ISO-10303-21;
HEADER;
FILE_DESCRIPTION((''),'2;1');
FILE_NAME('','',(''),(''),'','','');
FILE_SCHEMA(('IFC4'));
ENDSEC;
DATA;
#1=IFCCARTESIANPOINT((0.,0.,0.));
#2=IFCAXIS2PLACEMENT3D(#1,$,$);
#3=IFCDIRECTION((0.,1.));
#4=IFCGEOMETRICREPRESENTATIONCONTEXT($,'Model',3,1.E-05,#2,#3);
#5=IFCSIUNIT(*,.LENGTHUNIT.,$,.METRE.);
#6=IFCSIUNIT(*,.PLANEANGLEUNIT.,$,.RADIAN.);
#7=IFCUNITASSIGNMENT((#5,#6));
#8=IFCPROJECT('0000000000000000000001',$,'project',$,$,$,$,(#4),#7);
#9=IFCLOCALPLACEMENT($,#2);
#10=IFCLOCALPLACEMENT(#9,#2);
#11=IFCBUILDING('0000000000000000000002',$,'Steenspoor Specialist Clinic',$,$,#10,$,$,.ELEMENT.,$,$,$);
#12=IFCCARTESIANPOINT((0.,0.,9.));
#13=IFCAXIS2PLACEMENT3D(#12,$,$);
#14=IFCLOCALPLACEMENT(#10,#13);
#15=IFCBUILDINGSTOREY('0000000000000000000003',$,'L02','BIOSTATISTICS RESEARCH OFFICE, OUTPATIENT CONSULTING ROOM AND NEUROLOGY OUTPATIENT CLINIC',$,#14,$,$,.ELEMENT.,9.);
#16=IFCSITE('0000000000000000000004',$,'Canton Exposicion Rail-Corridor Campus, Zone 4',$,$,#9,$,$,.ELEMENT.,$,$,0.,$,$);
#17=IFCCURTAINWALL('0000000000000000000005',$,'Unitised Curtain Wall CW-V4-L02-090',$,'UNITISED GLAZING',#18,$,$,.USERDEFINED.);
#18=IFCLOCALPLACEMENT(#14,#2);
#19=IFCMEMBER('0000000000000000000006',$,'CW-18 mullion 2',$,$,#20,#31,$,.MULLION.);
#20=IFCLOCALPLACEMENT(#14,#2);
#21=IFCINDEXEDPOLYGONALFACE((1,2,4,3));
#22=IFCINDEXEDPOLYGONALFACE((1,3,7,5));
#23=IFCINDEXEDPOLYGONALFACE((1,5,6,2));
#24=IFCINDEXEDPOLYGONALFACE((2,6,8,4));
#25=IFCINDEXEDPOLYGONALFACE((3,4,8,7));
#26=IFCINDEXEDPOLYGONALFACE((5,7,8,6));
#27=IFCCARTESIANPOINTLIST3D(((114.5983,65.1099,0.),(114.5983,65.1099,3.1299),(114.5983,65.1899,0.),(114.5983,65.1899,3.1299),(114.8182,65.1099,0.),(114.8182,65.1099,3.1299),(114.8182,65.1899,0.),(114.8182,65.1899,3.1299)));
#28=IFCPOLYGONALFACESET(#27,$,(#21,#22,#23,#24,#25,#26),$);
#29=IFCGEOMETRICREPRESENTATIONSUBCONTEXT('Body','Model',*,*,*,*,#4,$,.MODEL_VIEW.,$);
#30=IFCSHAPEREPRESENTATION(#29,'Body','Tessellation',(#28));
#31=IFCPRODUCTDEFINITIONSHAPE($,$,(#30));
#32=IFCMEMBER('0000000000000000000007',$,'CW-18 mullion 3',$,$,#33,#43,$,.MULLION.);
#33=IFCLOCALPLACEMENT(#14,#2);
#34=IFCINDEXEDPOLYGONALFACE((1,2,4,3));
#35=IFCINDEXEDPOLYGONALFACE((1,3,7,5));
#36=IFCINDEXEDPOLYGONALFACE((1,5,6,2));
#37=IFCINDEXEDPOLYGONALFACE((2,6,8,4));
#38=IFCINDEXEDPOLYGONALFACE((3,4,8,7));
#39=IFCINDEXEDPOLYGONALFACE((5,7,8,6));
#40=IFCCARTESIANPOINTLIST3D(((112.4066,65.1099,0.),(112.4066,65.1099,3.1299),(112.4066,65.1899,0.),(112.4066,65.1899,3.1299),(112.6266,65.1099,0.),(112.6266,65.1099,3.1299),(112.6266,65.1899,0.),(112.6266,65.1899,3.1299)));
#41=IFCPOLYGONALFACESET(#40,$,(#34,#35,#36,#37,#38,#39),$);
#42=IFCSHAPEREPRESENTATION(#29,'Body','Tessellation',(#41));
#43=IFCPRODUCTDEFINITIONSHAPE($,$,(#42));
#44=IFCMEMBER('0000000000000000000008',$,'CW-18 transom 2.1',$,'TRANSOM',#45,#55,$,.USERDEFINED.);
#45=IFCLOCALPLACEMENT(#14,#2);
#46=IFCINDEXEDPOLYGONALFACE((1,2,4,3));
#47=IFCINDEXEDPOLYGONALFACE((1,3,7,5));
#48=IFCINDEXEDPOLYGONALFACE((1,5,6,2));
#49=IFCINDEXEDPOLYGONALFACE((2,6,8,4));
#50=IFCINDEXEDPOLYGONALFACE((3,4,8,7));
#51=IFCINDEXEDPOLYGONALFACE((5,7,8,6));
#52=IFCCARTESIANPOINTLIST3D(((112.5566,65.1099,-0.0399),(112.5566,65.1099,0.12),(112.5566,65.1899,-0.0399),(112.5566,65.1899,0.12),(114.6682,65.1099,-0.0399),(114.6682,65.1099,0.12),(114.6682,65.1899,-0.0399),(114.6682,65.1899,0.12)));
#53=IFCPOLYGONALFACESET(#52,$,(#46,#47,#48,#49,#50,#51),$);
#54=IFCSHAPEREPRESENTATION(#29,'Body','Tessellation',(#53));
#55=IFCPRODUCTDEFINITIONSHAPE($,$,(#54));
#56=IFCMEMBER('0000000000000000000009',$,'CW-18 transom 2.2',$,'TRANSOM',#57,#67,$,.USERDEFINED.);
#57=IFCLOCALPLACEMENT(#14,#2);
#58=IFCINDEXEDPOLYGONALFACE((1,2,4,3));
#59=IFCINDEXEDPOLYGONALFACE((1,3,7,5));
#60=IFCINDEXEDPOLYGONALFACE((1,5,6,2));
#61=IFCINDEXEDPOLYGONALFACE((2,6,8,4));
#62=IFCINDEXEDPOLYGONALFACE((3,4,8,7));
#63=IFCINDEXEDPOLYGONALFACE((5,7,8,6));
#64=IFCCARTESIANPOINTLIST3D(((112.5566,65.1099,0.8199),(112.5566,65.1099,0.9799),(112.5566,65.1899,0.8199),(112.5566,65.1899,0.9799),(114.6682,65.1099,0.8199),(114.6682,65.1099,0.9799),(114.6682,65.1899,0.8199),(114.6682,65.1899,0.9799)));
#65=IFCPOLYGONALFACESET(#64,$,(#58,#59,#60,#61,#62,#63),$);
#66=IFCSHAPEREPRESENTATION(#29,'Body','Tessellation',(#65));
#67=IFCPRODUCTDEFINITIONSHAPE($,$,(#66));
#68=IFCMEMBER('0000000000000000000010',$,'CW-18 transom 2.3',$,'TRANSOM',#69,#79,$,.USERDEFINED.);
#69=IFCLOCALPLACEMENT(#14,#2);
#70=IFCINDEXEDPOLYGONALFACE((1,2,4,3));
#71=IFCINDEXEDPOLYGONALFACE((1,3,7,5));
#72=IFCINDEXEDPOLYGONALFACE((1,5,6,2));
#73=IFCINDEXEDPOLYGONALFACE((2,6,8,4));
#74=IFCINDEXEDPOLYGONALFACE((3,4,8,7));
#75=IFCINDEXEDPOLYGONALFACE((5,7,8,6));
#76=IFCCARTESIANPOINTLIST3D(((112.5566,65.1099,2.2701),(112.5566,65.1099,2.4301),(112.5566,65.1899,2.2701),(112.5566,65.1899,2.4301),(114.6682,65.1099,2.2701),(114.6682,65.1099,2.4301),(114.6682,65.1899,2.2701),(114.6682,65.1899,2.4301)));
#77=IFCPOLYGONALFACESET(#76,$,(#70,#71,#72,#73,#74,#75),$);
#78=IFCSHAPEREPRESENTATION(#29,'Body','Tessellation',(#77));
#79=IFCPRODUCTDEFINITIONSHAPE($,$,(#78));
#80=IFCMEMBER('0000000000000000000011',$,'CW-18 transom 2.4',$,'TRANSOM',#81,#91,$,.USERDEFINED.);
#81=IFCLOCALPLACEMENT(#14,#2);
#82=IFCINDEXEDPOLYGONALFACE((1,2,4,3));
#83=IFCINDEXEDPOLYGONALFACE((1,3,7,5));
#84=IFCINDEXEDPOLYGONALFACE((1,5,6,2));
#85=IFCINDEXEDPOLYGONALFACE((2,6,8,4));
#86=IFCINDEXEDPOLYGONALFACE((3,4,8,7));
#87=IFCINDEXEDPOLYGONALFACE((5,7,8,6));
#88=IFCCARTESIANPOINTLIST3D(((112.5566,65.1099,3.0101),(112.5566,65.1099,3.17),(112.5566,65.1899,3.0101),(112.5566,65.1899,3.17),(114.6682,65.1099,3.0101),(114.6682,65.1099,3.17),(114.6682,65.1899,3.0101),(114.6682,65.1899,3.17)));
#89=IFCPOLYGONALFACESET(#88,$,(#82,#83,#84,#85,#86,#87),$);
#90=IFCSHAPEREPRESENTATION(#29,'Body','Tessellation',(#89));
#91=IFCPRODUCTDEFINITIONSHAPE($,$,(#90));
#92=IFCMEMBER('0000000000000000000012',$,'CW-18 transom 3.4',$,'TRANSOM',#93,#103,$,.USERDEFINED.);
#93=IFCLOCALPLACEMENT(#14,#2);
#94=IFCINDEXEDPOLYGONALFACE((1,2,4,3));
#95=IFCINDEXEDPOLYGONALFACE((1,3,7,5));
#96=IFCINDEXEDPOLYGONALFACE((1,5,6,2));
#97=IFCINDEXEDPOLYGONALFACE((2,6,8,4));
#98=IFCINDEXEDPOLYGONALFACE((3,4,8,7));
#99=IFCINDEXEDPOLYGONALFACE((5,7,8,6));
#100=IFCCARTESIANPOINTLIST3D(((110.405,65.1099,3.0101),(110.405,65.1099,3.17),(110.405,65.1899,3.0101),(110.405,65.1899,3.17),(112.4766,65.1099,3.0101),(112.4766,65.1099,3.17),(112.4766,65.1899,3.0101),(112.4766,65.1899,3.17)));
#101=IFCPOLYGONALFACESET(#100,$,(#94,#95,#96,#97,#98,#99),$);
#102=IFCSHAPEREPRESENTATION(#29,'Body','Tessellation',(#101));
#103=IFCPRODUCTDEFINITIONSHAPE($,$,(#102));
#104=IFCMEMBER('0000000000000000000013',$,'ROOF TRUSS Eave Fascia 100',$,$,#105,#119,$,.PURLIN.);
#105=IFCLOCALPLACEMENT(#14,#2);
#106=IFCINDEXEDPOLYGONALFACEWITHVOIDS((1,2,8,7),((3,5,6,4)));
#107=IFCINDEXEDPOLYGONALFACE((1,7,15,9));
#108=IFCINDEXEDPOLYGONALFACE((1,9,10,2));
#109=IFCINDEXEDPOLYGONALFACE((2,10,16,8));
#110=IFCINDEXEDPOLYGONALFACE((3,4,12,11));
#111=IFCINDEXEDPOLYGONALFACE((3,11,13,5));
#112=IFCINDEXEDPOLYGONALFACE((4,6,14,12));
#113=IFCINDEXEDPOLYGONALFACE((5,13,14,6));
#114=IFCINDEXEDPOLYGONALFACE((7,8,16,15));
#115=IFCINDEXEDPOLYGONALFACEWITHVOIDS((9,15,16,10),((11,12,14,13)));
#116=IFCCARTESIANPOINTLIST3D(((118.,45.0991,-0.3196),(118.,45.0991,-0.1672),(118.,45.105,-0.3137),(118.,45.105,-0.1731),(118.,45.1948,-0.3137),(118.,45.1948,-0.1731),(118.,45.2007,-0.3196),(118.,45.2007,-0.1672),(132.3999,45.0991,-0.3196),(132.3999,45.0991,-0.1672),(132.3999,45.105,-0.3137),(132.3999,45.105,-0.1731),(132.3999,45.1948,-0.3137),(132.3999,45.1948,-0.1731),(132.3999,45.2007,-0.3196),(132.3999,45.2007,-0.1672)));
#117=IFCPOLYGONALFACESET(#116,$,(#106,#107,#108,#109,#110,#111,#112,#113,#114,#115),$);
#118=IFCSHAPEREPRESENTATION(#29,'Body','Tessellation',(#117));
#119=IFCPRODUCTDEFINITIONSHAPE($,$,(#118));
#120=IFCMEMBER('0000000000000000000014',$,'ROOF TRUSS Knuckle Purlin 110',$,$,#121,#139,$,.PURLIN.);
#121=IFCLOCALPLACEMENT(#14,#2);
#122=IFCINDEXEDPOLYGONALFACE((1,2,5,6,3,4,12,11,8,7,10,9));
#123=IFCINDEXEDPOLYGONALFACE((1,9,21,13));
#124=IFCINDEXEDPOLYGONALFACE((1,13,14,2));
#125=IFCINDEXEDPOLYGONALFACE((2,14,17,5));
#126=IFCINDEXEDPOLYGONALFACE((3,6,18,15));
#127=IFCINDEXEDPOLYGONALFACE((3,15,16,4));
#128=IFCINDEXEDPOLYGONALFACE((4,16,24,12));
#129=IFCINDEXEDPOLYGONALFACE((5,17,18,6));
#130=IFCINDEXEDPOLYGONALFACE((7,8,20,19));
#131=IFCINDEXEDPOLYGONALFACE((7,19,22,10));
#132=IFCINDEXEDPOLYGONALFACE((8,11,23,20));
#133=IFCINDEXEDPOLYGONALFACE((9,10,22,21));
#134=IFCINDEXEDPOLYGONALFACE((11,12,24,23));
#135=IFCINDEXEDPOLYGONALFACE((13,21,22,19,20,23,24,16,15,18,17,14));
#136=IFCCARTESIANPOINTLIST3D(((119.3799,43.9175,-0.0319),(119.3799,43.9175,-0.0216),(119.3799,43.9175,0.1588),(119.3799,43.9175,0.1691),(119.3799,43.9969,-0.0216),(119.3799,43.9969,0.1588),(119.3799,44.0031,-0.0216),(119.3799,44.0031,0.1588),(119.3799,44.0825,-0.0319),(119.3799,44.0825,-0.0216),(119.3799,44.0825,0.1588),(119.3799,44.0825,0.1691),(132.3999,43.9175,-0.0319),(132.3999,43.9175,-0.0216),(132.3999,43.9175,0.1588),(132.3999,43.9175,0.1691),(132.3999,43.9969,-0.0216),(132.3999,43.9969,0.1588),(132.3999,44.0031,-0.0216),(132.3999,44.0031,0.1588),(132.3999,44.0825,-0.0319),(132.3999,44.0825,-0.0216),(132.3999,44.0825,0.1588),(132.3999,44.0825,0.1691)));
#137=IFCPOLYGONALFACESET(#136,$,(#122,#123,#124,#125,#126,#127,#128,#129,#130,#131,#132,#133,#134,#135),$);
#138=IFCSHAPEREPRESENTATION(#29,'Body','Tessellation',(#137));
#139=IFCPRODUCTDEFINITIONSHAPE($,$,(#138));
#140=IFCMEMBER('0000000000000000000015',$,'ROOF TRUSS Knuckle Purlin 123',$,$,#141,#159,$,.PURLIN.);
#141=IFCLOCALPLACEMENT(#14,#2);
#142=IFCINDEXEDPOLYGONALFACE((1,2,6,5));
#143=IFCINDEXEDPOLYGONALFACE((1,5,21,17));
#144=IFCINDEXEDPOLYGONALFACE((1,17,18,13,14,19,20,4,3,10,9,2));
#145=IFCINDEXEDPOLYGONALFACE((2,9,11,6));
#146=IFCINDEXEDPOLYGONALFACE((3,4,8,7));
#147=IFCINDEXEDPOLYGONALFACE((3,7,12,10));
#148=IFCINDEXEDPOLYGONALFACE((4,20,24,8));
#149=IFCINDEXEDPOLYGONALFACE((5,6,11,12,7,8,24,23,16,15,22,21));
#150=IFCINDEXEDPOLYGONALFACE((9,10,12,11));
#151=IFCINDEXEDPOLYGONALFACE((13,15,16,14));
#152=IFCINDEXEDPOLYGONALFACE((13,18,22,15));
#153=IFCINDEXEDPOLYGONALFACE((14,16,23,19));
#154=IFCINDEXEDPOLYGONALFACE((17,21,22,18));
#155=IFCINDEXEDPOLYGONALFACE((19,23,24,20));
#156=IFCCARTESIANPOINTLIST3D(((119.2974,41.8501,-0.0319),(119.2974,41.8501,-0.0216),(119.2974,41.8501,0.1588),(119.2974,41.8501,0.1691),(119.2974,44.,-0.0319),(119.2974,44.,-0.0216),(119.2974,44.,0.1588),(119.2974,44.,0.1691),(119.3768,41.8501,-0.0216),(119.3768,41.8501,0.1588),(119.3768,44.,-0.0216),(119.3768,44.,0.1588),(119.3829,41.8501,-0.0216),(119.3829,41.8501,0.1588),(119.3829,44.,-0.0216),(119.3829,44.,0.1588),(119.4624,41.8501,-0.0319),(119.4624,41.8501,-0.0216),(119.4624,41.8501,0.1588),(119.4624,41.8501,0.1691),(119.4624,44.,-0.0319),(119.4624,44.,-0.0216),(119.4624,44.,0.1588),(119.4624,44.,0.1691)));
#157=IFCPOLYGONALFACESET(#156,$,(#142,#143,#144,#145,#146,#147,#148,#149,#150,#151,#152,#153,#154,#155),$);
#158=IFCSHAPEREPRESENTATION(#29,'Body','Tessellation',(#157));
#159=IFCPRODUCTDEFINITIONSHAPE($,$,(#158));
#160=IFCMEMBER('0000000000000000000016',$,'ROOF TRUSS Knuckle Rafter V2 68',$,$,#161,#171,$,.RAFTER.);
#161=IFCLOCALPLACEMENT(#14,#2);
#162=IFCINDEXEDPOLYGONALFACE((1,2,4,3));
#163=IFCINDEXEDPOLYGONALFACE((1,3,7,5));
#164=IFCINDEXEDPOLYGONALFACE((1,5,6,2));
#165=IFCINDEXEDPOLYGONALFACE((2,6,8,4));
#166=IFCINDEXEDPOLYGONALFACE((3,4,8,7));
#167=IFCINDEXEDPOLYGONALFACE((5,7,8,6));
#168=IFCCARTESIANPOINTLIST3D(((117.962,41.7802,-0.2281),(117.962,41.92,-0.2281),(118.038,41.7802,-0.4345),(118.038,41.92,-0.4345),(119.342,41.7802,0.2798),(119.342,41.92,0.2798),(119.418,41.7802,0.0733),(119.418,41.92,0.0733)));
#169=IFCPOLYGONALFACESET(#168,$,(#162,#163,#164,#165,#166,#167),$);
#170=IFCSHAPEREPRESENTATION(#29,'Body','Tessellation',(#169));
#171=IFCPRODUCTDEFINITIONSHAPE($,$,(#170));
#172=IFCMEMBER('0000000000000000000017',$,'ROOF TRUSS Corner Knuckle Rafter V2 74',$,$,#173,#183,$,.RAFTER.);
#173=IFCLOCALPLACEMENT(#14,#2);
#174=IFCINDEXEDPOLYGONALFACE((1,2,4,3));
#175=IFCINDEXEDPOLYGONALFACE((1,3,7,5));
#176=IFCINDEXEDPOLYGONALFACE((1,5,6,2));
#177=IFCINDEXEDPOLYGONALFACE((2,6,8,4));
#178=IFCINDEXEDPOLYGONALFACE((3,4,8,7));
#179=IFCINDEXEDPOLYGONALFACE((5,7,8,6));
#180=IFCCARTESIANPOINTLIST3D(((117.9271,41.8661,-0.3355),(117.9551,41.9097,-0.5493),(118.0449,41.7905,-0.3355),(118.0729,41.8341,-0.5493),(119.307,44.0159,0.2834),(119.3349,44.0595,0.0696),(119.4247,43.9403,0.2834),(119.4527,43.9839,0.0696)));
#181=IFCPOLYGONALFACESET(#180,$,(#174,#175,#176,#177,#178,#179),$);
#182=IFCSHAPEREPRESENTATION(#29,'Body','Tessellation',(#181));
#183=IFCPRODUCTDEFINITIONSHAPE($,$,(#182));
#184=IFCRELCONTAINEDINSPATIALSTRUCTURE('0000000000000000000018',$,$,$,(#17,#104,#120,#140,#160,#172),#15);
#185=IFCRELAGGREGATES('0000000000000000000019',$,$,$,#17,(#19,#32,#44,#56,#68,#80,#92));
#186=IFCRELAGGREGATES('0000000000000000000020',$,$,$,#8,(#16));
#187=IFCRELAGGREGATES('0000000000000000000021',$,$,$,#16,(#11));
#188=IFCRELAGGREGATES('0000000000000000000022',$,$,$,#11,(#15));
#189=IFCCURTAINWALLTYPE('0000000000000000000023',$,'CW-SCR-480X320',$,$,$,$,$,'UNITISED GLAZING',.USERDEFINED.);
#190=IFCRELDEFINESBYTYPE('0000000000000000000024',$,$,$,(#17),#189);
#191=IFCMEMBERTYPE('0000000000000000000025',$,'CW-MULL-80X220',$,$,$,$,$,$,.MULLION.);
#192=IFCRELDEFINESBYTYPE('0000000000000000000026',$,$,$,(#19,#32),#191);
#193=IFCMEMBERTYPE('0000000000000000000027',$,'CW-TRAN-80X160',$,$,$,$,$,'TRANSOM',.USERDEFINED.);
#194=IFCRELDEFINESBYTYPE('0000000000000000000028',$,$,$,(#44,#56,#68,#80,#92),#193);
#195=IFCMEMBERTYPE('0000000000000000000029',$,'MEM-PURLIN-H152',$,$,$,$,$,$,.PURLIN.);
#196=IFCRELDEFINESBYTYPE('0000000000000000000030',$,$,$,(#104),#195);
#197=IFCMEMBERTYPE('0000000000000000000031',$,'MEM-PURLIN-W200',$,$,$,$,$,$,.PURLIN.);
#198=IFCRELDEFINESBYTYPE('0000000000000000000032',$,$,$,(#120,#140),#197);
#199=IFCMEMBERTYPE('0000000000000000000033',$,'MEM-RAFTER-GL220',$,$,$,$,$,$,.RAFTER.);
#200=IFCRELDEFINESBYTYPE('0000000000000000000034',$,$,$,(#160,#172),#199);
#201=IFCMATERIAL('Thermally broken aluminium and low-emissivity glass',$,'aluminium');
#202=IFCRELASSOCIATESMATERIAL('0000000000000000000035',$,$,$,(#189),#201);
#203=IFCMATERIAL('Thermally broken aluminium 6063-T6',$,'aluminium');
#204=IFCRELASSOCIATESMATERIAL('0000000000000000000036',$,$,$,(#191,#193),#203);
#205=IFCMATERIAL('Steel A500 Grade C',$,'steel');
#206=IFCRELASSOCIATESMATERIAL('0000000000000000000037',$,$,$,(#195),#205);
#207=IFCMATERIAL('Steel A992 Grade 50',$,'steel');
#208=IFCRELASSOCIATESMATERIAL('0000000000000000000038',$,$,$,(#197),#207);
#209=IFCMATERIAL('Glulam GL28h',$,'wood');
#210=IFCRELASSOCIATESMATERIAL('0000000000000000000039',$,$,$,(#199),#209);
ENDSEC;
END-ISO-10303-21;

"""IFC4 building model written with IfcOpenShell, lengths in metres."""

from ifc_helpers import new_model, si_unit, direction, frame, origin, origin_2d, place, context, subcontext, project, spatial, rectangle, hollow_rectangle, i_section, extrude, material, material_profile, profile_set, type_object, element, aggregate, save


model = new_model("IFC4")

# Units and contexts
model_context = context("Model", 3, precision=1e-05, world=origin(), true_north=direction((0.0, 1.0)))
body_context = subcontext(model_context, "Body", "Model", "MODEL_VIEW")
ifc_project = project(units=[si_unit("LENGTHUNIT", "METRE"), si_unit("PLANEANGLEUNIT", "RADIAN")], contexts=[model_context])

# Site, building, storey
site_placement = place(None, origin())
site = spatial("IfcSite", under=ifc_project, at=site_placement, Name="Canton Exposicion Rail-Corridor Campus, Zone 4", CompositionType="ELEMENT", RefElevation=0.0)
building_placement = place(site_placement, origin())
building = spatial("IfcBuilding", under=site, at=building_placement, Name="Steenspoor Specialist Clinic", CompositionType="ELEMENT")
storey_placement = place(building_placement, frame((0.0, 0.0, 9.0)))
storey = spatial("IfcBuildingStorey", under=building, at=storey_placement, Name="L02", Description="BIOSTATISTICS RESEARCH OFFICE, OUTPATIENT CONSULTING ROOM AND NEUROLOGY OUTPATIENT CLINIC", CompositionType="ELEMENT", Elevation=9.0)

# Curtain wall, members
ifc_material_1 = material(Name="Thermally broken aluminium and low-emissivity glass", Category="aluminium")
curtain_wall_type = type_object("IfcCurtainWallType", Name="CW-SCR-480X320", ElementType="UNITISED GLAZING", PredefinedType="USERDEFINED", material=ifc_material_1)
curtain_wall_placement = place(storey_placement, origin())
curtain_wall = element("IfcCurtainWall", 1, at=curtain_wall_placement, inside=storey, type_object=curtain_wall_type, Name="Unitised Curtain Wall CW-V4-L02-090", ObjectType="UNITISED GLAZING", PredefinedType="USERDEFINED")
ifc_material_2 = material(Name="Thermally broken aluminium 6063-T6", Category="aluminium")
ifc_material_profile_1 = material_profile(ifc_material_2, rectangle(XDim=0.0801, YDim=0.22, at=origin_2d()), Name="CWM-80X220")
ifc_profile_set_1 = profile_set([ifc_material_profile_1], Name="Thermally broken aluminium 6063-T6")
member_type_1 = type_object("IfcMemberType", Name="CW-MULL-80X220", PredefinedType="MULLION", material=ifc_profile_set_1)
member_1_placement = place(storey_placement, frame((114.7083, 65.1499, 0.0), z_axis=(0.0, 0.0, 1.0), x_axis=(0.0, -1.0, 0.0)))
member_1 = element("IfcMember", 2, at=member_1_placement, type_object=member_type_1, Name="CW-18 mullion 2", PredefinedType="MULLION", context=body_context, shape_type="SweptSolid", body=[
    extrude(rectangle(XDim=0.0801, YDim=0.22, at=origin_2d()), origin(), (0.0, 0.0, 1.0), 3.1299),
])
member_2_placement = place(storey_placement, frame((112.5166, 65.1499, 0.0), z_axis=(0.0, 0.0, 1.0), x_axis=(0.0, -1.0, 0.0)))
member_2 = element("IfcMember", 3, at=member_2_placement, type_object=member_type_1, Name="CW-18 mullion 3", PredefinedType="MULLION", context=body_context, shape_type="SweptSolid", body=[
    extrude(rectangle(XDim=0.0801, YDim=0.22, at=origin_2d()), origin(), (0.0, 0.0, 1.0), 3.1299),
])
ifc_material_profile_2 = material_profile(ifc_material_2, rectangle(XDim=0.0801, YDim=0.1599, at=origin_2d()), Name="CWT-80X160")
ifc_profile_set_2 = profile_set([ifc_material_profile_2], Name="Thermally broken aluminium 6063-T6")
member_type_2 = type_object("IfcMemberType", Name="CW-TRAN-80X160", ElementType="TRANSOM", PredefinedType="USERDEFINED", material=ifc_profile_set_2)
member_3_placement = place(storey_placement, frame((114.6682, 65.1499, 0.04), z_axis=(-1.0, 0.0, 0.0), x_axis=(0.0, -1.0, 0.0)))
member_3 = element("IfcMember", 4, at=member_3_placement, type_object=member_type_2, Name="CW-18 transom 2.1", ObjectType="TRANSOM", PredefinedType="USERDEFINED", context=body_context, shape_type="SweptSolid", body=[
    extrude(rectangle(XDim=0.0801, YDim=0.1599, at=origin_2d()), origin(), (0.0, 0.0, 1.0), 2.1116),
])
member_4_placement = place(storey_placement, frame((114.6682, 65.1499, 0.8999), z_axis=(-1.0, 0.0, 0.0), x_axis=(0.0, -1.0, 0.0)))
member_4 = element("IfcMember", 5, at=member_4_placement, type_object=member_type_2, Name="CW-18 transom 2.2", ObjectType="TRANSOM", PredefinedType="USERDEFINED", context=body_context, shape_type="SweptSolid", body=[
    extrude(rectangle(XDim=0.0801, YDim=0.1599, at=origin_2d()), origin(), (0.0, 0.0, 1.0), 2.1116),
])
member_5_placement = place(storey_placement, frame((114.6682, 65.1499, 2.3501), z_axis=(-1.0, 0.0, 0.0), x_axis=(0.0, -1.0, 0.0)))
member_5 = element("IfcMember", 6, at=member_5_placement, type_object=member_type_2, Name="CW-18 transom 2.3", ObjectType="TRANSOM", PredefinedType="USERDEFINED", context=body_context, shape_type="SweptSolid", body=[
    extrude(rectangle(XDim=0.0801, YDim=0.1599, at=origin_2d()), origin(), (0.0, 0.0, 1.0), 2.1116),
])
member_6_placement = place(storey_placement, frame((114.6682, 65.1499, 3.0901), z_axis=(-1.0, 0.0, 0.0), x_axis=(0.0, -1.0, 0.0)))
member_6 = element("IfcMember", 7, at=member_6_placement, type_object=member_type_2, Name="CW-18 transom 2.4", ObjectType="TRANSOM", PredefinedType="USERDEFINED", context=body_context, shape_type="SweptSolid", body=[
    extrude(rectangle(XDim=0.0801, YDim=0.1599, at=origin_2d()), origin(), (0.0, 0.0, 1.0), 2.1116),
])
member_7_placement = place(storey_placement, frame((112.4766, 65.1499, 3.0901), z_axis=(-1.0, 0.0, 0.0), x_axis=(0.0, -1.0, 0.0)))
member_7 = element("IfcMember", 8, at=member_7_placement, type_object=member_type_2, Name="CW-18 transom 3.4", ObjectType="TRANSOM", PredefinedType="USERDEFINED", context=body_context, shape_type="SweptSolid", body=[
    extrude(rectangle(XDim=0.0801, YDim=0.1599, at=origin_2d()), origin(), (0.0, 0.0, 1.0), 2.0715),
])

# Members
ifc_material_3 = material(Name="Steel A500 Grade C", Category="steel")
ifc_material_profile_3 = material_profile(ifc_material_3, hollow_rectangle(XDim=0.1016, YDim=0.1523, WallThickness=0.0059, at=origin_2d()), Name="HSS152X102X6.4")
ifc_profile_set_3 = profile_set([ifc_material_profile_3], Name="Steel A500 Grade C")
member_type_3 = type_object("IfcMemberType", Name="MEM-PURLIN-H152", PredefinedType="PURLIN", material=ifc_profile_set_3)
member_8_placement = place(storey_placement, frame((118.0, 45.1499, -0.2434), z_axis=(1.0, 0.0, 0.0), x_axis=(0.0, 1.0, 0.0)))
element("IfcMember", 9, at=member_8_placement, inside=storey, type_object=member_type_3, Name="ROOF TRUSS Eave Fascia 100", PredefinedType="PURLIN", context=body_context, shape_type="SweptSolid", body=[
    extrude(hollow_rectangle(XDim=0.1016, YDim=0.1523, WallThickness=0.0059, at=origin_2d()), origin(), (0.0, 0.0, 1.0), 14.3999),
])
ifc_material_4 = material(Name="Steel A992 Grade 50", Category="steel")
ifc_material_profile_4 = material_profile(ifc_material_4, i_section(OverallWidth=0.165, OverallDepth=0.2009, WebThickness=0.0061, FlangeThickness=0.0103, at=origin_2d()), Name="W200X36")
ifc_profile_set_4 = profile_set([ifc_material_profile_4], Name="Steel A992 Grade 50")
member_type_4 = type_object("IfcMemberType", Name="MEM-PURLIN-W200", PredefinedType="PURLIN", material=ifc_profile_set_4)
member_9_placement = place(storey_placement, frame((119.3799, 44.0, 0.0686), z_axis=(1.0, 0.0, 0.0), x_axis=(0.0, 1.0, 0.0)))
element("IfcMember", 10, at=member_9_placement, inside=storey, type_object=member_type_4, Name="ROOF TRUSS Knuckle Purlin 110", PredefinedType="PURLIN", context=body_context, shape_type="SweptSolid", body=[
    extrude(i_section(OverallWidth=0.165, OverallDepth=0.2009, WebThickness=0.0061, FlangeThickness=0.0103, at=origin_2d()), origin(), (0.0, 0.0, 1.0), 13.02),
])
member_10_placement = place(storey_placement, frame((119.3799, 41.8501, 0.0686), z_axis=(0.0, 1.0, 0.0), x_axis=(-1.0, 0.0, 0.0)))
element("IfcMember", 11, at=member_10_placement, inside=storey, type_object=member_type_4, Name="ROOF TRUSS Knuckle Purlin 123", PredefinedType="PURLIN", context=body_context, shape_type="SweptSolid", body=[
    extrude(i_section(OverallWidth=0.165, OverallDepth=0.2009, WebThickness=0.0061, FlangeThickness=0.0103, at=origin_2d()), origin(), (0.0, 0.0, 1.0), 2.1499),
])
ifc_material_5 = material(Name="Glulam GL28h", Category="wood")
ifc_material_profile_5 = material_profile(ifc_material_5, rectangle(XDim=0.1399, YDim=0.22, at=origin_2d()), Name="GL28H-140X220")
ifc_profile_set_5 = profile_set([ifc_material_profile_5], Name="Glulam GL28h")
member_type_5 = type_object("IfcMemberType", Name="MEM-RAFTER-GL220", PredefinedType="RAFTER", material=ifc_profile_set_5)
member_11_placement = place(storey_placement, frame((118.0, 41.8501, -0.3313), z_axis=(0.938468, 0.0, 0.345367), x_axis=(0.0, 1.0, 0.0)))
element("IfcMember", 12, at=member_11_placement, inside=storey, type_object=member_type_5, Name="ROOF TRUSS Knuckle Rafter V2 68", PredefinedType="RAFTER", context=body_context, shape_type="SweptSolid", body=[
    extrude(rectangle(XDim=0.1399, YDim=0.22, at=origin_2d()), origin(), (0.0, 0.0, 1.0), 1.4705),
])
member_12_placement = place(storey_placement, frame((118.0, 41.8501, -0.4424), z_axis=(0.524963, 0.817909, 0.235453), x_axis=(-0.841569, 0.540149, 0.0)))
element("IfcMember", 13, at=member_12_placement, inside=storey, type_object=member_type_5, Name="ROOF TRUSS Corner Knuckle Rafter V2 74", PredefinedType="RAFTER", context=body_context, shape_type="SweptSolid", body=[
    extrude(rectangle(XDim=0.1399, YDim=0.22, at=origin_2d()), origin(), (0.0, 0.0, 1.0), 2.6284),
])

aggregate(curtain_wall, [member_1, member_2, member_3, member_4, member_5, member_6, member_7])

save(model, "model.ifc")
